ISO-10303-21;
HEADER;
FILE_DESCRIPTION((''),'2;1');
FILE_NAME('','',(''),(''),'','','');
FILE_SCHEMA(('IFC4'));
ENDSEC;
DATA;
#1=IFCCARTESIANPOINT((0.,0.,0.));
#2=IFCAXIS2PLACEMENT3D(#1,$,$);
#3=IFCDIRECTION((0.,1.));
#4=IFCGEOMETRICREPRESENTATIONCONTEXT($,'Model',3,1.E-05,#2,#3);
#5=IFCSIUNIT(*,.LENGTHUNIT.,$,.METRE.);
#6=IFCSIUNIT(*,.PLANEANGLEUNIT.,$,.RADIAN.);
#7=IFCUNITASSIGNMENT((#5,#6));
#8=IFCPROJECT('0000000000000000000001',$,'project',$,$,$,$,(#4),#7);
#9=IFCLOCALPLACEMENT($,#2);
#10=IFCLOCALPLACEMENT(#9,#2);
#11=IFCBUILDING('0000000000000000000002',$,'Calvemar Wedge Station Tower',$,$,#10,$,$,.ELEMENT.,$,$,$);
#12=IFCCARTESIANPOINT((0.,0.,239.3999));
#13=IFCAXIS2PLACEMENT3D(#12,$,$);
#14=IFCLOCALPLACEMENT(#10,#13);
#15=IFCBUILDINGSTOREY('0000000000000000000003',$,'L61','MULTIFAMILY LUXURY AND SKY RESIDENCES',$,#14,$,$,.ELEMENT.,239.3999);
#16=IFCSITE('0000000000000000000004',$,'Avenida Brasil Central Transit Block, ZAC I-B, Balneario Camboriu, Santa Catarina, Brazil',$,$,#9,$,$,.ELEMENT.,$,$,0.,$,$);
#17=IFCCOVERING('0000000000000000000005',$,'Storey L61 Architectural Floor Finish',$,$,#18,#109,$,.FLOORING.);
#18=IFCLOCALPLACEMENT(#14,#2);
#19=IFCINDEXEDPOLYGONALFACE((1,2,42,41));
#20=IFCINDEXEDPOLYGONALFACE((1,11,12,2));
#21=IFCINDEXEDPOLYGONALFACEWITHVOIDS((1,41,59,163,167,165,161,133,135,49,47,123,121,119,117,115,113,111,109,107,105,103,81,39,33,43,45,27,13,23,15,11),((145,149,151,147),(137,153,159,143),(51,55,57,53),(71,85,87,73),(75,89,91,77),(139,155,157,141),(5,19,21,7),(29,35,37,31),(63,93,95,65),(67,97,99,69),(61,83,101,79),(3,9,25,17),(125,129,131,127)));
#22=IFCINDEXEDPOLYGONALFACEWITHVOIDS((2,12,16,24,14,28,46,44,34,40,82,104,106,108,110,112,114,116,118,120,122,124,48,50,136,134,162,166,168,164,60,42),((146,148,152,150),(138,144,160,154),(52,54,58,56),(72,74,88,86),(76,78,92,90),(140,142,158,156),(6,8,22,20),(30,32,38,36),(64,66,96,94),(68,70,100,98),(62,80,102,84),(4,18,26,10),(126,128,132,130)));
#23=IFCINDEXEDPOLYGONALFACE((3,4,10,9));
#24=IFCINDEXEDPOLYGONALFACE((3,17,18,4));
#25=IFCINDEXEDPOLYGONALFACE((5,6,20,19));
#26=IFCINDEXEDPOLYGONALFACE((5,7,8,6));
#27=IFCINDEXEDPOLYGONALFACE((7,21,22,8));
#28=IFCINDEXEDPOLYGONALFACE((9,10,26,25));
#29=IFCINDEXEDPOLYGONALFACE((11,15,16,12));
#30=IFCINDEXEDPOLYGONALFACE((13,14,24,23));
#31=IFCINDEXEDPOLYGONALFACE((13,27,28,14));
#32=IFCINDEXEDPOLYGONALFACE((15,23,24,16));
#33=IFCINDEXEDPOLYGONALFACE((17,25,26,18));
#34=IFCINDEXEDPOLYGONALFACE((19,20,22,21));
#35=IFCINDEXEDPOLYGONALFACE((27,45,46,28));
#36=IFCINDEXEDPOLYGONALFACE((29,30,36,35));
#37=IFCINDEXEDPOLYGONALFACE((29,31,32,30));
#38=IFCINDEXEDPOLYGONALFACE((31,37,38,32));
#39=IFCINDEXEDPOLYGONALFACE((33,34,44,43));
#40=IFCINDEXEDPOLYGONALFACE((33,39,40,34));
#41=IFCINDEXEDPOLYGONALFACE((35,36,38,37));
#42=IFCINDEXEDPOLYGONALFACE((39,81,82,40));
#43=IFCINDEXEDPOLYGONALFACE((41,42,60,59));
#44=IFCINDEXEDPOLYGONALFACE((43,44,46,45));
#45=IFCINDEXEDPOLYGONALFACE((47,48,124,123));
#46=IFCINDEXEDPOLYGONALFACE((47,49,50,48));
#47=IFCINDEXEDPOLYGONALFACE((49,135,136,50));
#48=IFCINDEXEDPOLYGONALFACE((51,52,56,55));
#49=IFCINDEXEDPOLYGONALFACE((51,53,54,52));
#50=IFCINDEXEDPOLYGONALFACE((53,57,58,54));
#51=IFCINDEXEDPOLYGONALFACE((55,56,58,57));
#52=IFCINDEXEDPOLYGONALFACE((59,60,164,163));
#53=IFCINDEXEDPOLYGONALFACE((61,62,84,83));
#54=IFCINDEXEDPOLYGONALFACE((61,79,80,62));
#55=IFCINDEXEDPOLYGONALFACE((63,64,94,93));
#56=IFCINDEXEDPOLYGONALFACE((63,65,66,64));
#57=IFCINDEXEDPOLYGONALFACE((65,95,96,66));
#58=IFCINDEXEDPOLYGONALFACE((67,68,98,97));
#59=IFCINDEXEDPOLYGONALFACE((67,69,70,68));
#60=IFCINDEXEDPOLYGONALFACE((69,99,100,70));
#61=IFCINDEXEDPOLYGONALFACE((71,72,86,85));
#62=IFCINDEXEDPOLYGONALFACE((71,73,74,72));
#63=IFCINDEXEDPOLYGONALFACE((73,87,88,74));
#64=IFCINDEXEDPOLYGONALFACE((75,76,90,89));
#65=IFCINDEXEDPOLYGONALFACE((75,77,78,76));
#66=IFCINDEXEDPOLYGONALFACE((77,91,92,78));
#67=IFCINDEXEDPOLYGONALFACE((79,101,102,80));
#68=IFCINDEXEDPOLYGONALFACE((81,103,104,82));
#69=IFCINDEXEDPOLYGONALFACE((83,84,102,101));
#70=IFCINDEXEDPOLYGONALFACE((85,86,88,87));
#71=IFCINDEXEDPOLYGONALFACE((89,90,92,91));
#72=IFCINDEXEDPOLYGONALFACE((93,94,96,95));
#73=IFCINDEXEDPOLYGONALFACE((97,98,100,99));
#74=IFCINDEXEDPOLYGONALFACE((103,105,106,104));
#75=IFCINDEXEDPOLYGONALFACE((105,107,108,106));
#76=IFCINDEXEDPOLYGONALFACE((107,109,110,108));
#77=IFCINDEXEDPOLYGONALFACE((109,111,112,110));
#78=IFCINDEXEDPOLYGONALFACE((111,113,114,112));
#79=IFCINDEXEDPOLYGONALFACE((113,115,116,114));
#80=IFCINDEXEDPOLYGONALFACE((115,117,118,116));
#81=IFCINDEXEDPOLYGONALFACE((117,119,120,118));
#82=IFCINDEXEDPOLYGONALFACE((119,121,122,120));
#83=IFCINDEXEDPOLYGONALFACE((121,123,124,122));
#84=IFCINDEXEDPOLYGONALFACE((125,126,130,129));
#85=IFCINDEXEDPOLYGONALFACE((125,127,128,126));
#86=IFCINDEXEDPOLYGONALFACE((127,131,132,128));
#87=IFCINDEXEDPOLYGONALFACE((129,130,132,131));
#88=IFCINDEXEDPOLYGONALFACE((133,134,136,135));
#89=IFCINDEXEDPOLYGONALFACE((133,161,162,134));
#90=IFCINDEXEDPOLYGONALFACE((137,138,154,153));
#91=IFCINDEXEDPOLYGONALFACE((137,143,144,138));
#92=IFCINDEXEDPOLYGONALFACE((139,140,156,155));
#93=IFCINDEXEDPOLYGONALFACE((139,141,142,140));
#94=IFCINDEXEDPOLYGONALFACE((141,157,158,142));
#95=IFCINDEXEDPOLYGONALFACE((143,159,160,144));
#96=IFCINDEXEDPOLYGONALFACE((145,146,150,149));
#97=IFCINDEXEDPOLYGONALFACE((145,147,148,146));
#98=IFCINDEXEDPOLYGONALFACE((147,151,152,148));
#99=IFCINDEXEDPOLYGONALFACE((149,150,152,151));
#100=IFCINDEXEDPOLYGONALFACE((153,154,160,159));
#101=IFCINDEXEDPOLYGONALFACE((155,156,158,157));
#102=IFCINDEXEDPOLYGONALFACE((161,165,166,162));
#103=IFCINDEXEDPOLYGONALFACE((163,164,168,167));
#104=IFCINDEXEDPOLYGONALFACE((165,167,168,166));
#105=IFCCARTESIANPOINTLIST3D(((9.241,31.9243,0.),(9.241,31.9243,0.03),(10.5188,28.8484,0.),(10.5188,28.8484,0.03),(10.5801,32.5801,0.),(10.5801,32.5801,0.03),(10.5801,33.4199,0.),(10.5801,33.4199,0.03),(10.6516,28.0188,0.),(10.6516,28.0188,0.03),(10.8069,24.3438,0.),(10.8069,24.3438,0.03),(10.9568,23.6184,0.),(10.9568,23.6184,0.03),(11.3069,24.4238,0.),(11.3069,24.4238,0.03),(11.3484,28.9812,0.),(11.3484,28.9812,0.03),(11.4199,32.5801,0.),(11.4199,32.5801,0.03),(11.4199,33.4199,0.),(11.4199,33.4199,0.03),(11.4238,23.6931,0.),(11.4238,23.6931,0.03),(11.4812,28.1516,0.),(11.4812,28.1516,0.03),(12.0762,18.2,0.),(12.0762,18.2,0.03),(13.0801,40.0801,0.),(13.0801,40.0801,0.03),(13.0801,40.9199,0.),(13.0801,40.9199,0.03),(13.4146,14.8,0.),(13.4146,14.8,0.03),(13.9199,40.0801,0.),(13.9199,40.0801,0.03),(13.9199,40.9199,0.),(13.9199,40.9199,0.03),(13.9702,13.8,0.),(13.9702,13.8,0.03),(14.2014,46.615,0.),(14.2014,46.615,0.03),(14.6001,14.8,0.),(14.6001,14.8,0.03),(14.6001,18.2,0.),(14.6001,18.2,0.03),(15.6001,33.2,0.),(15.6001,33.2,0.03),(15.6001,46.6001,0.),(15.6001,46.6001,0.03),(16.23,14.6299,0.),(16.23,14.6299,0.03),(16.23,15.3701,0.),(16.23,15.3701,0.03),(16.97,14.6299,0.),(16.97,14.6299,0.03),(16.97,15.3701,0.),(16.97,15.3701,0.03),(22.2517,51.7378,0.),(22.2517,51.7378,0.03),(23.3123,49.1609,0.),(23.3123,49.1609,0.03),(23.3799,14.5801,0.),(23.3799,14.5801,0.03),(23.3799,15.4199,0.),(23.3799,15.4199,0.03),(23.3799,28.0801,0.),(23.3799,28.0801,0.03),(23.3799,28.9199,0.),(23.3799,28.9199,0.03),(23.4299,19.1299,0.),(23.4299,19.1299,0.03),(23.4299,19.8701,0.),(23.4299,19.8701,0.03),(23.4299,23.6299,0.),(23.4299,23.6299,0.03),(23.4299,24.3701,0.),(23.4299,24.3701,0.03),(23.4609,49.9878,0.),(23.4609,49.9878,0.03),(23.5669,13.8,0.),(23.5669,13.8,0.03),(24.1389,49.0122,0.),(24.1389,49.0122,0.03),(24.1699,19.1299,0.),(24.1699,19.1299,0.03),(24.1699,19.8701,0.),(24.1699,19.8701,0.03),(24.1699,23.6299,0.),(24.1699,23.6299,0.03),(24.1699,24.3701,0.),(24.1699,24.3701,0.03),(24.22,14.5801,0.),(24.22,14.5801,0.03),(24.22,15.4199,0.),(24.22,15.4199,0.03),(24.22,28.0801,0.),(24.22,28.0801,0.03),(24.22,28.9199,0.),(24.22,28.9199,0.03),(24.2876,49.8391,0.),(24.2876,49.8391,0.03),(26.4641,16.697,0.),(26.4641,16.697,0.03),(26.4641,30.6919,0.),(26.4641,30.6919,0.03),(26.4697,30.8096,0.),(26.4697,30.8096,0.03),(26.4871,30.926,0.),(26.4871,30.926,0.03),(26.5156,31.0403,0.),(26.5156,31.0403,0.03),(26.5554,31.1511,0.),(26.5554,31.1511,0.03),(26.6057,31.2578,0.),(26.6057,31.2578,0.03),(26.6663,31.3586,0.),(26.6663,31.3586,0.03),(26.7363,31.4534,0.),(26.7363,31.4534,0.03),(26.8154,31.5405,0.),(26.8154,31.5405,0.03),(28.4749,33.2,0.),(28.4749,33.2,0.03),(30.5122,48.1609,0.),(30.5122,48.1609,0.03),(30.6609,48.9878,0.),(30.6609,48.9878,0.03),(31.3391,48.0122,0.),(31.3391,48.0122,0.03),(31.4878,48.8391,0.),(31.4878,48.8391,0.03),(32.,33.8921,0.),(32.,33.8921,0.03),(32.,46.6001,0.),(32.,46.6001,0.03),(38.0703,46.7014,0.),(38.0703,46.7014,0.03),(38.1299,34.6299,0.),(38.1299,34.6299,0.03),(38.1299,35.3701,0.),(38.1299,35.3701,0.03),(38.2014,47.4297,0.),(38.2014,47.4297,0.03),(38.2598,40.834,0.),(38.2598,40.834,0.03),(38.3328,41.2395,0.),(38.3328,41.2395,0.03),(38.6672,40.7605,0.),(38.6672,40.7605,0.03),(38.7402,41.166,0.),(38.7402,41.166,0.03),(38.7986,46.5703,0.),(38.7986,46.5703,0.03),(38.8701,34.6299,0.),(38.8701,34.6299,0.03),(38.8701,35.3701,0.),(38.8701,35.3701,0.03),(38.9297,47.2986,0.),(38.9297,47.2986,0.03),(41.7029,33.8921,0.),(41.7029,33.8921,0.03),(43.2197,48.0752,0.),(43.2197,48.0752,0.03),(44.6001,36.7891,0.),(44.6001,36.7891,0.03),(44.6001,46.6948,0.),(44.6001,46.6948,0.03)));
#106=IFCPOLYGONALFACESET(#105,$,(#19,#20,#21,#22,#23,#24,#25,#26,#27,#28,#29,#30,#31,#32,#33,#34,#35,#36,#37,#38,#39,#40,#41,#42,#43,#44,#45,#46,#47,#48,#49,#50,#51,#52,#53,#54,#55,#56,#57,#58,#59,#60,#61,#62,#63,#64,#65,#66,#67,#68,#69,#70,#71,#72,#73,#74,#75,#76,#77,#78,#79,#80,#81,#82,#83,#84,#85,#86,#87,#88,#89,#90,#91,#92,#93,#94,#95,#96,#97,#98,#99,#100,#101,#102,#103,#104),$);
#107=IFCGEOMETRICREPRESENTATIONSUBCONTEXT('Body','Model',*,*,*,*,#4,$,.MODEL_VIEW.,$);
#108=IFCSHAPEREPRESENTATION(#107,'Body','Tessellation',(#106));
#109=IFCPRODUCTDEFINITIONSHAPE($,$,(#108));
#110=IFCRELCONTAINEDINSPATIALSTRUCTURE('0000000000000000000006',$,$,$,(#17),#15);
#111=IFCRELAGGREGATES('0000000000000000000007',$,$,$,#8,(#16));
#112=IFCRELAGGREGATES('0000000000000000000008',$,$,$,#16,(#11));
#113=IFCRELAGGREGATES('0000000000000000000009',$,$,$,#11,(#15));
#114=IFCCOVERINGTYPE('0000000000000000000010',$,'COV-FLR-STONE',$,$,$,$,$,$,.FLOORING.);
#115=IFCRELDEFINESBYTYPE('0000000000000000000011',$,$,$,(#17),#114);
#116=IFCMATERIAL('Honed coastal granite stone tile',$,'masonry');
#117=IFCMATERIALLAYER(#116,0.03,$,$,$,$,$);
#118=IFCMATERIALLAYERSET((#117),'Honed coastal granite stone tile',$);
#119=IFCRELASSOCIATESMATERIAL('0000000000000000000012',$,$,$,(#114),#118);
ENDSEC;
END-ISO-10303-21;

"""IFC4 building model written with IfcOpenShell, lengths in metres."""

from ifc_helpers import new_model, si_unit, direction, frame, origin, place, context, subcontext, project, spatial, polyline, outline, extrude, material, layer, layer_set, type_object, element, save


model = new_model("IFC4")

# Units and contexts
model_context = context("Model", 3, precision=1e-05, world=origin(), true_north=direction((0.0, 1.0)))
body_context = subcontext(model_context, "Body", "Model", "MODEL_VIEW")
ifc_project = project(units=[si_unit("LENGTHUNIT", "METRE"), si_unit("PLANEANGLEUNIT", "RADIAN")], contexts=[model_context])

# Site, building, storey
site_placement = place(None, origin())
site = spatial("IfcSite", under=ifc_project, at=site_placement, Name="Avenida Brasil Central Transit Block, ZAC I-B, Balneario Camboriu, Santa Catarina, Brazil", CompositionType="ELEMENT", RefElevation=0.0)
building_placement = place(site_placement, origin())
building = spatial("IfcBuilding", under=site, at=building_placement, Name="Calvemar Wedge Station Tower", CompositionType="ELEMENT")
storey_placement = place(building_placement, frame((0.0, 0.0, 239.3999)))
storey = spatial("IfcBuildingStorey", under=building, at=storey_placement, Name="L61", Description="MULTIFAMILY LUXURY AND SKY RESIDENCES", CompositionType="ELEMENT", Elevation=239.3999)

# Covering
ifc_material_1 = material(Name="Honed coastal granite stone tile", Category="masonry")
ifc_layer_1 = layer(ifc_material_1, 0.03)
ifc_layer_set_1 = layer_set([ifc_layer_1], Name="Honed coastal granite stone tile")
covering_type_1 = type_object("IfcCoveringType", Name="COV-FLR-STONE", PredefinedType="FLOORING", material=ifc_layer_set_1)
covering_1_placement = place(storey_placement, origin())
element("IfcCovering", 1, at=covering_1_placement, inside=storey, type_object=covering_type_1, Name="Storey L61 Architectural Floor Finish", PredefinedType="FLOORING", context=body_context, shape_type="SweptSolid", body=[
    extrude(outline(polyline([(26.6663, 31.3586), (26.7363, 31.4534), (26.8154, 31.5405), (28.4749, 33.2), (15.6001, 33.2), (15.6001, 46.6001), (32.0, 46.6001), (32.0, 33.8921), (41.7029, 33.8921), (44.6001, 36.7891), (44.6001, 46.6948), (43.2197, 48.0752), (22.2517, 51.7378), (14.2014, 46.615), (9.241, 31.9243), (10.8069, 24.3438), (11.3069, 24.4238), (11.4238, 23.6931), (10.9568, 23.6184), (12.0762, 18.2), (14.6001, 18.2), (14.6001, 14.8), (13.4146, 14.8), (13.9702, 13.8), (23.5669, 13.8), (26.4641, 16.697), (26.4641, 30.6919), (26.4697, 30.8096), (26.4871, 30.926), (26.5156, 31.0403), (26.5554, 31.1511), (26.6057, 31.2578), (26.6663, 31.3586)]), holes=[polyline([(11.4199, 33.4199), (11.4199, 32.5801), (10.5801, 32.5801), (10.5801, 33.4199), (11.4199, 33.4199)]), polyline([(13.9199, 40.0801), (13.0801, 40.0801), (13.0801, 40.9199), (13.9199, 40.9199), (13.9199, 40.0801)]), polyline([(23.3123, 49.1609), (23.4609, 49.9878), (24.2876, 49.8391), (24.1389, 49.0122), (23.3123, 49.1609)]), polyline([(30.6609, 48.9878), (31.4878, 48.8391), (31.3391, 48.0122), (30.5122, 48.1609), (30.6609, 48.9878)]), polyline([(38.9297, 47.2986), (38.7986, 46.5703), (38.0703, 46.7014), (38.2014, 47.4297), (38.9297, 47.2986)]), polyline([(38.8701, 34.6299), (38.1299, 34.6299), (38.1299, 35.3701), (38.8701, 35.3701), (38.8701, 34.6299)]), polyline([(38.2598, 40.834), (38.3328, 41.2395), (38.7402, 41.166), (38.6672, 40.7605), (38.2598, 40.834)]), polyline([(11.3484, 28.9812), (11.4812, 28.1516), (10.6516, 28.0188), (10.5188, 28.8484), (11.3484, 28.9812)]), polyline([(24.22, 28.0801), (23.3799, 28.0801), (23.3799, 28.9199), (24.22, 28.9199), (24.22, 28.0801)]), polyline([(23.4299, 23.6299), (23.4299, 24.3701), (24.1699, 24.3701), (24.1699, 23.6299), (23.4299, 23.6299)]), polyline([(23.4299, 19.8701), (24.1699, 19.8701), (24.1699, 19.1299), (23.4299, 19.1299), (23.4299, 19.8701)]), polyline([(24.22, 15.4199), (24.22, 14.5801), (23.3799, 14.5801), (23.3799, 15.4199), (24.22, 15.4199)]), polyline([(16.97, 14.6299), (16.23, 14.6299), (16.23, 15.3701), (16.97, 15.3701), (16.97, 14.6299)])]), origin(), (0.0, 0.0, 1.0), 0.03),
])

save(model, "model.ifc")
